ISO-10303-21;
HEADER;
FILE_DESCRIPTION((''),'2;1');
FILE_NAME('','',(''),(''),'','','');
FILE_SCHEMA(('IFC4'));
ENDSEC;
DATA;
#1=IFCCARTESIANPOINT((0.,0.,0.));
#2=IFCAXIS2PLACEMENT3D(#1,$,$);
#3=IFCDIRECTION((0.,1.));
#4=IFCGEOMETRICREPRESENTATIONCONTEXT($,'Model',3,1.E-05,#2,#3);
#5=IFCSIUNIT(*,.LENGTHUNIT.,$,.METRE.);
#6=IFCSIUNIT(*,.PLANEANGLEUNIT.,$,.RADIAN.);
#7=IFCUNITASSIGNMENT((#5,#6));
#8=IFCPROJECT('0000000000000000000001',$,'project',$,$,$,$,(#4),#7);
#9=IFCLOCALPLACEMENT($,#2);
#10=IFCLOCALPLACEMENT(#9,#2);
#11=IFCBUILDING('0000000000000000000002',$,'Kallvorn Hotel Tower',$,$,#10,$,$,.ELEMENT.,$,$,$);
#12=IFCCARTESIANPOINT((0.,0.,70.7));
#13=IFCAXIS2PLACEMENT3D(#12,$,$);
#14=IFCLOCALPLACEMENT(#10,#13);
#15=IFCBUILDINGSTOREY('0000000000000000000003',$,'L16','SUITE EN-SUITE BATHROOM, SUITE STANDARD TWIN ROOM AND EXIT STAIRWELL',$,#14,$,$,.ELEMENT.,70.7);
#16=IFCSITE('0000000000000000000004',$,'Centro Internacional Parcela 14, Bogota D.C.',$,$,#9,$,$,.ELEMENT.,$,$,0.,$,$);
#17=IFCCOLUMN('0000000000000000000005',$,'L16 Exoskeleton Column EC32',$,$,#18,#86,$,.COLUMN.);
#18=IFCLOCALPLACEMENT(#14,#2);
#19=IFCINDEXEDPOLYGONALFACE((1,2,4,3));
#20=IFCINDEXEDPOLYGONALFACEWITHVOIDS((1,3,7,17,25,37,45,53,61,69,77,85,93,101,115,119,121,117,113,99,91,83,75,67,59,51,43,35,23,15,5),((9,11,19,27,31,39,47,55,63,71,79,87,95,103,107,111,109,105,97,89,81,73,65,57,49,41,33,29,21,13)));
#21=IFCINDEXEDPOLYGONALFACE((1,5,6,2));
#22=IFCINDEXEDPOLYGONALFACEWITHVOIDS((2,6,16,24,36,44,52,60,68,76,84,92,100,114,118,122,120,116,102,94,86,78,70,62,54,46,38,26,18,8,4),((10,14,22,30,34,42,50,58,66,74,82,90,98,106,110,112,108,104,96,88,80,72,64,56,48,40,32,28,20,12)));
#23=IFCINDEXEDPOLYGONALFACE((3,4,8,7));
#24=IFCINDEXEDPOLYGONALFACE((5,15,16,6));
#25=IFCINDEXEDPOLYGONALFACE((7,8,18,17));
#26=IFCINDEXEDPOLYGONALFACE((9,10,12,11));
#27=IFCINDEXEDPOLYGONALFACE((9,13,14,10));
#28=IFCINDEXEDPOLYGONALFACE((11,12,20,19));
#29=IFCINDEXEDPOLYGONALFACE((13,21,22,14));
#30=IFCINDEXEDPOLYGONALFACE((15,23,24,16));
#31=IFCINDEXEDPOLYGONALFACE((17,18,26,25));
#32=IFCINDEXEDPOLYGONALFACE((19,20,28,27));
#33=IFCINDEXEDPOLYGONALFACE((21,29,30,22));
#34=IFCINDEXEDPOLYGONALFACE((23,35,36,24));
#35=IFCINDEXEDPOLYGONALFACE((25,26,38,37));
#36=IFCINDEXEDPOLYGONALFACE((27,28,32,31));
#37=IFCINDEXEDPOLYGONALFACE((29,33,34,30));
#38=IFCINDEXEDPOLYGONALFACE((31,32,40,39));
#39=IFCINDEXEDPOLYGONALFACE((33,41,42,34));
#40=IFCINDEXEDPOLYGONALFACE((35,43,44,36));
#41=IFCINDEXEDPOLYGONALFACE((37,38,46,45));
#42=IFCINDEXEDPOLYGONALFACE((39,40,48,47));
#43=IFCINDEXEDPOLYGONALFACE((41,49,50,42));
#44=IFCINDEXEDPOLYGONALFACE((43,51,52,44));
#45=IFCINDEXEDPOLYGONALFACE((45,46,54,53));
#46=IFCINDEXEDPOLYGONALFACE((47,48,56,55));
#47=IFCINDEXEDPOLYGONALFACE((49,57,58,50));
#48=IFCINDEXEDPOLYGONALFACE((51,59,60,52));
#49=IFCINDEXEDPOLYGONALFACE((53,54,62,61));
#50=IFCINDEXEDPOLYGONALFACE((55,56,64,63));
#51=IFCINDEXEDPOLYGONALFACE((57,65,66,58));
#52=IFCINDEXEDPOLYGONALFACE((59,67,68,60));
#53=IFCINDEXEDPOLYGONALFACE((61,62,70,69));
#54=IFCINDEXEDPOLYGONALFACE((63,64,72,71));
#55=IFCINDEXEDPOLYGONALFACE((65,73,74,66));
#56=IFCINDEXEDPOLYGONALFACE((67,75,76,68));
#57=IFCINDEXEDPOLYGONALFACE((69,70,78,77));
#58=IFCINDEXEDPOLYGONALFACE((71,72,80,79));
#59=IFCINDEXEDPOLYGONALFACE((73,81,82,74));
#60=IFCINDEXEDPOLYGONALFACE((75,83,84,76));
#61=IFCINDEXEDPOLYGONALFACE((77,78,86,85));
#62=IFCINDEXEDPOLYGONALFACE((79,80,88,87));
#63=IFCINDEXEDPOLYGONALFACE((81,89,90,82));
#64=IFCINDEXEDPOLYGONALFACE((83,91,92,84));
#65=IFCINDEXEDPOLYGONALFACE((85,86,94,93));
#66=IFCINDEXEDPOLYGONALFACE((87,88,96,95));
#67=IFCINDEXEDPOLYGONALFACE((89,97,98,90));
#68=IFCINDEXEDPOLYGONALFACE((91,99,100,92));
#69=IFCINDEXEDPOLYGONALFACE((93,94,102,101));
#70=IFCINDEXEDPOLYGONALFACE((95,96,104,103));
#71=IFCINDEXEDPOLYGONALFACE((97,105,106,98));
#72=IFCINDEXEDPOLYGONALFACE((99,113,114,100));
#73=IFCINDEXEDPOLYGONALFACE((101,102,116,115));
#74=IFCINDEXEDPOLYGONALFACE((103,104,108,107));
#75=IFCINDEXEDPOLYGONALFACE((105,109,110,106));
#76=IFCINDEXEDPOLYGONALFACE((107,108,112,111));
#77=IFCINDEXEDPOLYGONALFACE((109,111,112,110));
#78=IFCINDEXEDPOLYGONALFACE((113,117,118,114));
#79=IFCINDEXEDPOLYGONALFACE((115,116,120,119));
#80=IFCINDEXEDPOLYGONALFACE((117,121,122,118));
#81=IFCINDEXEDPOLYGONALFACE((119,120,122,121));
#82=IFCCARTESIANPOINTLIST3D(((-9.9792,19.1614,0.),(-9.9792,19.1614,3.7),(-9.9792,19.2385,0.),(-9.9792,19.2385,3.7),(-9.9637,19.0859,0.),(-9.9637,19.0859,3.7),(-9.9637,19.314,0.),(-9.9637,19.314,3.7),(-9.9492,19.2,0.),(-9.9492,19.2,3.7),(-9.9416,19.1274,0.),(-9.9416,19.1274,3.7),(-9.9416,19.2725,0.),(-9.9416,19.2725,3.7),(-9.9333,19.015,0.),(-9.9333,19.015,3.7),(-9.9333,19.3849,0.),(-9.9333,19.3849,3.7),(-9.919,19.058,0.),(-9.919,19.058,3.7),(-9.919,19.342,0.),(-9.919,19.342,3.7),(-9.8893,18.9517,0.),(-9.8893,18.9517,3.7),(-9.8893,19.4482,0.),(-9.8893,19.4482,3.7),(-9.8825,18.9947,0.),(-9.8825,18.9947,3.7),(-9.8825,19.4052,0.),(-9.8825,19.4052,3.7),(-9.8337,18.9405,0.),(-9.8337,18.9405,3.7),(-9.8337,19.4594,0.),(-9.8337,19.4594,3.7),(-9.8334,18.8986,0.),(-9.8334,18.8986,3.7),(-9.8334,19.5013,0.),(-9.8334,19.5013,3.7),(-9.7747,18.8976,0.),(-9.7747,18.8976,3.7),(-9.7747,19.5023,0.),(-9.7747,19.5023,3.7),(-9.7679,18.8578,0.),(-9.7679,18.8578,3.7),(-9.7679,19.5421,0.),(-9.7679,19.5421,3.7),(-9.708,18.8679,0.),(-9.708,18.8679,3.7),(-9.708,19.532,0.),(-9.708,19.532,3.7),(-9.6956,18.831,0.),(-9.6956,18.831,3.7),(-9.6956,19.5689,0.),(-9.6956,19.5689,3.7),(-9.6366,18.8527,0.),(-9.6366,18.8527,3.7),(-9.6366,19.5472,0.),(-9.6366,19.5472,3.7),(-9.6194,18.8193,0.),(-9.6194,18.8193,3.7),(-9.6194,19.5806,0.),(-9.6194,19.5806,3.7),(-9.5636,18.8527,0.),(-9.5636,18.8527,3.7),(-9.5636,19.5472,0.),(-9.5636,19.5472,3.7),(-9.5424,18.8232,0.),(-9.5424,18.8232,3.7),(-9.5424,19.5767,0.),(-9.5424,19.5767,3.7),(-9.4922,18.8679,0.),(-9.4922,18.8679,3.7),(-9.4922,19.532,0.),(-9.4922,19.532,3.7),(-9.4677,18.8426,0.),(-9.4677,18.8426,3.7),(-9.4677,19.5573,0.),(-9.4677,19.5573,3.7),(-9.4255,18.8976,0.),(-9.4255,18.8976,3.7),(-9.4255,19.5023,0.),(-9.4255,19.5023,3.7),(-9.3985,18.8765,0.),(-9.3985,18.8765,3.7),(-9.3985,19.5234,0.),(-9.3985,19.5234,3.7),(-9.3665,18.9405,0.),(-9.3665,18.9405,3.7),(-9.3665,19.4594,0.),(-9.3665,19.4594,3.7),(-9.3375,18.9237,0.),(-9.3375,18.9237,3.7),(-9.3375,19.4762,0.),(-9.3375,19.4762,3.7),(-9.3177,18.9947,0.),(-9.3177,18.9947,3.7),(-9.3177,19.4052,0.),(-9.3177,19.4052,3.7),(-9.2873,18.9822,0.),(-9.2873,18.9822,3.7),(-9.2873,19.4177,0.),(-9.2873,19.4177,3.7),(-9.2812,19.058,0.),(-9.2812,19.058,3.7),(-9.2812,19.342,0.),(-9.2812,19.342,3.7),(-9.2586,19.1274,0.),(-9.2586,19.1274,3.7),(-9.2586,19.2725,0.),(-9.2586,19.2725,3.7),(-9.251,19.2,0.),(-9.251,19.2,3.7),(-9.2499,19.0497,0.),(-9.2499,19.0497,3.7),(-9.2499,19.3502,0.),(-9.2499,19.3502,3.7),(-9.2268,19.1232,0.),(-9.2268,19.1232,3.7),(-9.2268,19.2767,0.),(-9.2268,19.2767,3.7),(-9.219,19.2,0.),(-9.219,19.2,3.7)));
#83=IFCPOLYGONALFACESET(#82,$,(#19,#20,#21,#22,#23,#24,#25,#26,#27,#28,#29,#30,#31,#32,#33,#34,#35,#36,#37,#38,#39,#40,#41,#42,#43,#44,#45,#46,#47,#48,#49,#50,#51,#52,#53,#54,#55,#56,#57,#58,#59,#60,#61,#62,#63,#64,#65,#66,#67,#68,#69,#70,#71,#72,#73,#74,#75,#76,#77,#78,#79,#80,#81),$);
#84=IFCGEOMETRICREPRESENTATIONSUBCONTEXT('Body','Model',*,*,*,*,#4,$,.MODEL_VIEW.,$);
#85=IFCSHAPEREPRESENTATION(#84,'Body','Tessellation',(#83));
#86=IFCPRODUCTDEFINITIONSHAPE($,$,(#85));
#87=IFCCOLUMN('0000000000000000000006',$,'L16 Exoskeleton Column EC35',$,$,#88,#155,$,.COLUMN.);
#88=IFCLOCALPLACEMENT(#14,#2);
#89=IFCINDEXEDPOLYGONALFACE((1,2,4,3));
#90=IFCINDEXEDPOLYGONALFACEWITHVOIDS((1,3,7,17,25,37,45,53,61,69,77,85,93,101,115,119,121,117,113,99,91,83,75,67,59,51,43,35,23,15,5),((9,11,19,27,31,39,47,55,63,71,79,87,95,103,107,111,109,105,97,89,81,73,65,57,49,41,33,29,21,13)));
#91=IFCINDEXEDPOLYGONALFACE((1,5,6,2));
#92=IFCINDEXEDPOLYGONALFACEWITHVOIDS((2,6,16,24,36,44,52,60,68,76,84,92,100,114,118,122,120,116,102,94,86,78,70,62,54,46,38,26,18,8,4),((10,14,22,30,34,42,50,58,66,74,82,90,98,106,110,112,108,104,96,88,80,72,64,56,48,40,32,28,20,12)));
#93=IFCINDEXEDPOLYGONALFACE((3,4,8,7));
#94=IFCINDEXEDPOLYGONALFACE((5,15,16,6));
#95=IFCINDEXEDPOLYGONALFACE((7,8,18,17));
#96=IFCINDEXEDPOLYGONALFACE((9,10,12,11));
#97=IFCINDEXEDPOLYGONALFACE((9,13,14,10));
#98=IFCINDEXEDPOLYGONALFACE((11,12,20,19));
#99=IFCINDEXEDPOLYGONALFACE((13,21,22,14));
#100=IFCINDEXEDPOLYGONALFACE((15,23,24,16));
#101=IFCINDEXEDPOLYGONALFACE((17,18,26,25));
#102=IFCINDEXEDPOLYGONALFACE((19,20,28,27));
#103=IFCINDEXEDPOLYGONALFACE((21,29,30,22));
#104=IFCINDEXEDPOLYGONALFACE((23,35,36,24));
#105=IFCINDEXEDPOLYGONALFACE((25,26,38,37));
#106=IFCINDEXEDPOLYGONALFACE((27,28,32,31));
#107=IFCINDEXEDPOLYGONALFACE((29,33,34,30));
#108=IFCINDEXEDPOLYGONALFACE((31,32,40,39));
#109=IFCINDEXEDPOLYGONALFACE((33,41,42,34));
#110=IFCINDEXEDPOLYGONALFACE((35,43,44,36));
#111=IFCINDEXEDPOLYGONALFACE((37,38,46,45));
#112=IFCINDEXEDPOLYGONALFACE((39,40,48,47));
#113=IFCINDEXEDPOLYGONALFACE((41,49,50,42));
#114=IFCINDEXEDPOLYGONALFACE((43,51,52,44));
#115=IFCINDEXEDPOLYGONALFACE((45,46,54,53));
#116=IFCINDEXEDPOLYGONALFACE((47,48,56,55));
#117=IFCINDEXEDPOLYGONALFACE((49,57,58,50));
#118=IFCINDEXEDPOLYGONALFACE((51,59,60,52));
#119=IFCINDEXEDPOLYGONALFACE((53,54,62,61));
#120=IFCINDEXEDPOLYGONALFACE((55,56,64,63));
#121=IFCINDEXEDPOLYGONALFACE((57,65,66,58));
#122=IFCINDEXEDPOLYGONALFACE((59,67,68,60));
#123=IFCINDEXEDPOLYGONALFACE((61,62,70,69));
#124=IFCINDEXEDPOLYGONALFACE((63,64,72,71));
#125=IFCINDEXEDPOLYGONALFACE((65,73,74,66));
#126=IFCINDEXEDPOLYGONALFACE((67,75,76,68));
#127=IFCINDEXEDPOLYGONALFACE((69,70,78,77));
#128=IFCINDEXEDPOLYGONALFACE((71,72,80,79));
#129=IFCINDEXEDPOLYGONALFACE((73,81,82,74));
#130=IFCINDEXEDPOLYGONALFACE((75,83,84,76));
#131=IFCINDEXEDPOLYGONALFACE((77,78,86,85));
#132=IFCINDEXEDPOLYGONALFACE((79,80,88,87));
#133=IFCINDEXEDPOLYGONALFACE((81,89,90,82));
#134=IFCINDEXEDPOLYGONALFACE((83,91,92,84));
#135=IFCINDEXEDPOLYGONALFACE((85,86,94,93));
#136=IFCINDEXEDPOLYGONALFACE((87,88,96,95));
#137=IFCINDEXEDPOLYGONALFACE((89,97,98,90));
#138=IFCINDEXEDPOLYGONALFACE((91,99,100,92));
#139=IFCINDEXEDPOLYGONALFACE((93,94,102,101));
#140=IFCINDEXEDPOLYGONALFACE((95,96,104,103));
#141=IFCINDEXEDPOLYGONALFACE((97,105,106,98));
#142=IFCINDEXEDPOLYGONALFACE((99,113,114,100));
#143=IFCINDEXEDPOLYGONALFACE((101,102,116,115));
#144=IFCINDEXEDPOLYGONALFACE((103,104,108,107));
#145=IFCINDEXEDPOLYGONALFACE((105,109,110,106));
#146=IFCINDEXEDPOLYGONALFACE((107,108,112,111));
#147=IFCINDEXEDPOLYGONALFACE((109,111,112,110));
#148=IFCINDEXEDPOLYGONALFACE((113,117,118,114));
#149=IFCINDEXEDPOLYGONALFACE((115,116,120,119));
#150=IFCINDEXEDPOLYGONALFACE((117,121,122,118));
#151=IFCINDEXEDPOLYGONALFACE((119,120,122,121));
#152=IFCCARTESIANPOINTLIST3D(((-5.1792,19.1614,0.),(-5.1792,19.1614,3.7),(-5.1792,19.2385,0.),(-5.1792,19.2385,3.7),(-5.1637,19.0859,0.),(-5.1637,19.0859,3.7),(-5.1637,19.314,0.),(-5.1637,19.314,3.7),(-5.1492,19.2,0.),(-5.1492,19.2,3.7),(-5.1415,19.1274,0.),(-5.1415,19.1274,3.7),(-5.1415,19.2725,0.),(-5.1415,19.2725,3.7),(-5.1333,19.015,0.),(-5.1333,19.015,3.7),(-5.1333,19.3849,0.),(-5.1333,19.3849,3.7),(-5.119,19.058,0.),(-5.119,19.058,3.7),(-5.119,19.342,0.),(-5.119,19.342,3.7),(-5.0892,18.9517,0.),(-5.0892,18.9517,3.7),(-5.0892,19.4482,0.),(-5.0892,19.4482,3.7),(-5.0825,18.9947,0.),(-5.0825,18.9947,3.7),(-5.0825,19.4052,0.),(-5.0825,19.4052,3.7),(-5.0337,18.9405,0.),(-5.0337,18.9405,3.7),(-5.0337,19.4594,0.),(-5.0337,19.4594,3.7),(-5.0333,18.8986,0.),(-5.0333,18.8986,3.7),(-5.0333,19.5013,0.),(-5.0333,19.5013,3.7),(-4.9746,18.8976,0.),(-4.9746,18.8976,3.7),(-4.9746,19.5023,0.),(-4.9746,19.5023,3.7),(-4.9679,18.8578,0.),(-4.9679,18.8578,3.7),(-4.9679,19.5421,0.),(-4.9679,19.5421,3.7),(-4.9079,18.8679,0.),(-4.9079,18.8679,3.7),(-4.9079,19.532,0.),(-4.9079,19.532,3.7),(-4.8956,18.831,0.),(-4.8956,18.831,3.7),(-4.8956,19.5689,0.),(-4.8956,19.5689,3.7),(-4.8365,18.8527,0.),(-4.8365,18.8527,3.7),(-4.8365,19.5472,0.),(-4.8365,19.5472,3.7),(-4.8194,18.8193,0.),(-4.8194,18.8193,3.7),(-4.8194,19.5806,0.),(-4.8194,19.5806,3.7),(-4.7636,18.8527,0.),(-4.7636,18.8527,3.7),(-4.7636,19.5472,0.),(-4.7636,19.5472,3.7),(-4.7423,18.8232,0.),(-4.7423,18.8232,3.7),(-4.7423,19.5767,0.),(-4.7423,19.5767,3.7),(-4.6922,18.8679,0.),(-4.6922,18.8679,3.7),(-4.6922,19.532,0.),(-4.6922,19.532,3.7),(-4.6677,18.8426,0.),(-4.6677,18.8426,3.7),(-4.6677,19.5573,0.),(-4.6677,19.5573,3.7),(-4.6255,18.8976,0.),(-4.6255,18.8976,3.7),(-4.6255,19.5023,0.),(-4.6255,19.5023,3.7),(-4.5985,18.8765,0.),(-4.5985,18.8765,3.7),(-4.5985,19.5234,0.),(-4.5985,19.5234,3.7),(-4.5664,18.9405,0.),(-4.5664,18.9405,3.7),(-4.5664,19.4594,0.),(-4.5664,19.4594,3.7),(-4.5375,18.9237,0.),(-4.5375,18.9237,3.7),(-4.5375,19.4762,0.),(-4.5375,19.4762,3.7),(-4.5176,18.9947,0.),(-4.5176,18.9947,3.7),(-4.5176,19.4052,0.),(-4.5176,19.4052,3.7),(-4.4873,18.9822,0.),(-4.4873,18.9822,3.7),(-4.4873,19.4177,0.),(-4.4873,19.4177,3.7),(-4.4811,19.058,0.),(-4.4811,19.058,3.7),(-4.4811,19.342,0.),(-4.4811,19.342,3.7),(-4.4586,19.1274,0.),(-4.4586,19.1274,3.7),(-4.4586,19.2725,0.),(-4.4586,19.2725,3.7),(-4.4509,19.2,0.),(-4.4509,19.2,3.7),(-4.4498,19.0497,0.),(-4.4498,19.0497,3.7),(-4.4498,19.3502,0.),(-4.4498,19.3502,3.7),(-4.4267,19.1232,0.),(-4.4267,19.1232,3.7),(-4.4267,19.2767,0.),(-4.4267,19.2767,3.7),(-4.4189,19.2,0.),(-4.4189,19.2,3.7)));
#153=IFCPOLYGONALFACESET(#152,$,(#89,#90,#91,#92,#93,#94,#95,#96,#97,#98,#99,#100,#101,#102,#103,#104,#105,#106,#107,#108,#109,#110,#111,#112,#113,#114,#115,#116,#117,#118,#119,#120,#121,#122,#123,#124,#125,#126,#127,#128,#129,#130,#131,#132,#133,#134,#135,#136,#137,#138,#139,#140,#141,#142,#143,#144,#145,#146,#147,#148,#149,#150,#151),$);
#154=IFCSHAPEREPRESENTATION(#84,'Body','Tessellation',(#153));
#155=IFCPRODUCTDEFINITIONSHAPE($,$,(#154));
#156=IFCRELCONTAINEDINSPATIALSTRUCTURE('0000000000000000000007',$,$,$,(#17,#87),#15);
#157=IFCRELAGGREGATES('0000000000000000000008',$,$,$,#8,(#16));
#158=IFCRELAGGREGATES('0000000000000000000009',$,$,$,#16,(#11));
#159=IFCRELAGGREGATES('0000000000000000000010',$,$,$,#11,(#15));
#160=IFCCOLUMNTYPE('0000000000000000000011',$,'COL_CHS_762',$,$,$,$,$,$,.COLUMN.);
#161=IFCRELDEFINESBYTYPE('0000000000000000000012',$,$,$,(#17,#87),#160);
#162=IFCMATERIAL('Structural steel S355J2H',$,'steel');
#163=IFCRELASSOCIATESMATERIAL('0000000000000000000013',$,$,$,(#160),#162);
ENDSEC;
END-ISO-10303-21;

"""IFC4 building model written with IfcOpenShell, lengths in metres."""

from ifc_helpers import new_model, si_unit, direction, frame, origin, origin_2d, place, context, subcontext, project, spatial, hollow_circle, extrude, material, material_profile, profile_set, type_object, element, save


model = new_model("IFC4")

# Units and contexts
model_context = context("Model", 3, precision=1e-05, world=origin(), true_north=direction((0.0, 1.0)))
body_context = subcontext(model_context, "Body", "Model", "MODEL_VIEW")
ifc_project = project(units=[si_unit("LENGTHUNIT", "METRE"), si_unit("PLANEANGLEUNIT", "RADIAN")], contexts=[model_context])

# Site, building, storey
site_placement = place(None, origin())
site = spatial("IfcSite", under=ifc_project, at=site_placement, Name="Centro Internacional Parcela 14, Bogota D.C.", CompositionType="ELEMENT", RefElevation=0.0)
building_placement = place(site_placement, origin())
building = spatial("IfcBuilding", under=site, at=building_placement, Name="Kallvorn Hotel Tower", CompositionType="ELEMENT")
storey_placement = place(building_placement, frame((0.0, 0.0, 70.7)))
storey = spatial("IfcBuildingStorey", under=building, at=storey_placement, Name="L16", Description="SUITE EN-SUITE BATHROOM, SUITE STANDARD TWIN ROOM AND EXIT STAIRWELL", CompositionType="ELEMENT", Elevation=70.7)

# Columns
ifc_material_1 = material(Name="Structural steel S355J2H", Category="steel")
ifc_material_profile_1 = material_profile(ifc_material_1, hollow_circle(Radius=0.3811, WallThickness=0.032, at=origin_2d()), Name="CHS 762x32")
ifc_profile_set_1 = profile_set([ifc_material_profile_1], Name="Structural steel S355J2H")
column_type_1 = type_object("IfcColumnType", Name="COL_CHS_762", PredefinedType="COLUMN", material=ifc_profile_set_1)
for number, where, z_axis, x_axis, name in (
    (1, (-9.6001, 19.2, 0.0), (0.0, 0.0, 1.0), (1.0, 0.0, 0.0), "L16 Exoskeleton Column EC32"),
    (2, (-4.8, 19.2, 0.0), (0.0, 0.0, 1.0), (1.0, 0.0, 0.0), "L16 Exoskeleton Column EC35"),
):
    element("IfcColumn", number, at=place(storey_placement, frame(where, z_axis=z_axis, x_axis=x_axis)), inside=storey, type_object=column_type_1, Name=name, PredefinedType="COLUMN", context=body_context, shape_type="SweptSolid", body=[
        extrude(hollow_circle(Radius=0.3811, WallThickness=0.032, at=origin_2d()), origin(), (0.0, 0.0, 1.0), 3.7),
    ])

save(model, "model.ifc")
